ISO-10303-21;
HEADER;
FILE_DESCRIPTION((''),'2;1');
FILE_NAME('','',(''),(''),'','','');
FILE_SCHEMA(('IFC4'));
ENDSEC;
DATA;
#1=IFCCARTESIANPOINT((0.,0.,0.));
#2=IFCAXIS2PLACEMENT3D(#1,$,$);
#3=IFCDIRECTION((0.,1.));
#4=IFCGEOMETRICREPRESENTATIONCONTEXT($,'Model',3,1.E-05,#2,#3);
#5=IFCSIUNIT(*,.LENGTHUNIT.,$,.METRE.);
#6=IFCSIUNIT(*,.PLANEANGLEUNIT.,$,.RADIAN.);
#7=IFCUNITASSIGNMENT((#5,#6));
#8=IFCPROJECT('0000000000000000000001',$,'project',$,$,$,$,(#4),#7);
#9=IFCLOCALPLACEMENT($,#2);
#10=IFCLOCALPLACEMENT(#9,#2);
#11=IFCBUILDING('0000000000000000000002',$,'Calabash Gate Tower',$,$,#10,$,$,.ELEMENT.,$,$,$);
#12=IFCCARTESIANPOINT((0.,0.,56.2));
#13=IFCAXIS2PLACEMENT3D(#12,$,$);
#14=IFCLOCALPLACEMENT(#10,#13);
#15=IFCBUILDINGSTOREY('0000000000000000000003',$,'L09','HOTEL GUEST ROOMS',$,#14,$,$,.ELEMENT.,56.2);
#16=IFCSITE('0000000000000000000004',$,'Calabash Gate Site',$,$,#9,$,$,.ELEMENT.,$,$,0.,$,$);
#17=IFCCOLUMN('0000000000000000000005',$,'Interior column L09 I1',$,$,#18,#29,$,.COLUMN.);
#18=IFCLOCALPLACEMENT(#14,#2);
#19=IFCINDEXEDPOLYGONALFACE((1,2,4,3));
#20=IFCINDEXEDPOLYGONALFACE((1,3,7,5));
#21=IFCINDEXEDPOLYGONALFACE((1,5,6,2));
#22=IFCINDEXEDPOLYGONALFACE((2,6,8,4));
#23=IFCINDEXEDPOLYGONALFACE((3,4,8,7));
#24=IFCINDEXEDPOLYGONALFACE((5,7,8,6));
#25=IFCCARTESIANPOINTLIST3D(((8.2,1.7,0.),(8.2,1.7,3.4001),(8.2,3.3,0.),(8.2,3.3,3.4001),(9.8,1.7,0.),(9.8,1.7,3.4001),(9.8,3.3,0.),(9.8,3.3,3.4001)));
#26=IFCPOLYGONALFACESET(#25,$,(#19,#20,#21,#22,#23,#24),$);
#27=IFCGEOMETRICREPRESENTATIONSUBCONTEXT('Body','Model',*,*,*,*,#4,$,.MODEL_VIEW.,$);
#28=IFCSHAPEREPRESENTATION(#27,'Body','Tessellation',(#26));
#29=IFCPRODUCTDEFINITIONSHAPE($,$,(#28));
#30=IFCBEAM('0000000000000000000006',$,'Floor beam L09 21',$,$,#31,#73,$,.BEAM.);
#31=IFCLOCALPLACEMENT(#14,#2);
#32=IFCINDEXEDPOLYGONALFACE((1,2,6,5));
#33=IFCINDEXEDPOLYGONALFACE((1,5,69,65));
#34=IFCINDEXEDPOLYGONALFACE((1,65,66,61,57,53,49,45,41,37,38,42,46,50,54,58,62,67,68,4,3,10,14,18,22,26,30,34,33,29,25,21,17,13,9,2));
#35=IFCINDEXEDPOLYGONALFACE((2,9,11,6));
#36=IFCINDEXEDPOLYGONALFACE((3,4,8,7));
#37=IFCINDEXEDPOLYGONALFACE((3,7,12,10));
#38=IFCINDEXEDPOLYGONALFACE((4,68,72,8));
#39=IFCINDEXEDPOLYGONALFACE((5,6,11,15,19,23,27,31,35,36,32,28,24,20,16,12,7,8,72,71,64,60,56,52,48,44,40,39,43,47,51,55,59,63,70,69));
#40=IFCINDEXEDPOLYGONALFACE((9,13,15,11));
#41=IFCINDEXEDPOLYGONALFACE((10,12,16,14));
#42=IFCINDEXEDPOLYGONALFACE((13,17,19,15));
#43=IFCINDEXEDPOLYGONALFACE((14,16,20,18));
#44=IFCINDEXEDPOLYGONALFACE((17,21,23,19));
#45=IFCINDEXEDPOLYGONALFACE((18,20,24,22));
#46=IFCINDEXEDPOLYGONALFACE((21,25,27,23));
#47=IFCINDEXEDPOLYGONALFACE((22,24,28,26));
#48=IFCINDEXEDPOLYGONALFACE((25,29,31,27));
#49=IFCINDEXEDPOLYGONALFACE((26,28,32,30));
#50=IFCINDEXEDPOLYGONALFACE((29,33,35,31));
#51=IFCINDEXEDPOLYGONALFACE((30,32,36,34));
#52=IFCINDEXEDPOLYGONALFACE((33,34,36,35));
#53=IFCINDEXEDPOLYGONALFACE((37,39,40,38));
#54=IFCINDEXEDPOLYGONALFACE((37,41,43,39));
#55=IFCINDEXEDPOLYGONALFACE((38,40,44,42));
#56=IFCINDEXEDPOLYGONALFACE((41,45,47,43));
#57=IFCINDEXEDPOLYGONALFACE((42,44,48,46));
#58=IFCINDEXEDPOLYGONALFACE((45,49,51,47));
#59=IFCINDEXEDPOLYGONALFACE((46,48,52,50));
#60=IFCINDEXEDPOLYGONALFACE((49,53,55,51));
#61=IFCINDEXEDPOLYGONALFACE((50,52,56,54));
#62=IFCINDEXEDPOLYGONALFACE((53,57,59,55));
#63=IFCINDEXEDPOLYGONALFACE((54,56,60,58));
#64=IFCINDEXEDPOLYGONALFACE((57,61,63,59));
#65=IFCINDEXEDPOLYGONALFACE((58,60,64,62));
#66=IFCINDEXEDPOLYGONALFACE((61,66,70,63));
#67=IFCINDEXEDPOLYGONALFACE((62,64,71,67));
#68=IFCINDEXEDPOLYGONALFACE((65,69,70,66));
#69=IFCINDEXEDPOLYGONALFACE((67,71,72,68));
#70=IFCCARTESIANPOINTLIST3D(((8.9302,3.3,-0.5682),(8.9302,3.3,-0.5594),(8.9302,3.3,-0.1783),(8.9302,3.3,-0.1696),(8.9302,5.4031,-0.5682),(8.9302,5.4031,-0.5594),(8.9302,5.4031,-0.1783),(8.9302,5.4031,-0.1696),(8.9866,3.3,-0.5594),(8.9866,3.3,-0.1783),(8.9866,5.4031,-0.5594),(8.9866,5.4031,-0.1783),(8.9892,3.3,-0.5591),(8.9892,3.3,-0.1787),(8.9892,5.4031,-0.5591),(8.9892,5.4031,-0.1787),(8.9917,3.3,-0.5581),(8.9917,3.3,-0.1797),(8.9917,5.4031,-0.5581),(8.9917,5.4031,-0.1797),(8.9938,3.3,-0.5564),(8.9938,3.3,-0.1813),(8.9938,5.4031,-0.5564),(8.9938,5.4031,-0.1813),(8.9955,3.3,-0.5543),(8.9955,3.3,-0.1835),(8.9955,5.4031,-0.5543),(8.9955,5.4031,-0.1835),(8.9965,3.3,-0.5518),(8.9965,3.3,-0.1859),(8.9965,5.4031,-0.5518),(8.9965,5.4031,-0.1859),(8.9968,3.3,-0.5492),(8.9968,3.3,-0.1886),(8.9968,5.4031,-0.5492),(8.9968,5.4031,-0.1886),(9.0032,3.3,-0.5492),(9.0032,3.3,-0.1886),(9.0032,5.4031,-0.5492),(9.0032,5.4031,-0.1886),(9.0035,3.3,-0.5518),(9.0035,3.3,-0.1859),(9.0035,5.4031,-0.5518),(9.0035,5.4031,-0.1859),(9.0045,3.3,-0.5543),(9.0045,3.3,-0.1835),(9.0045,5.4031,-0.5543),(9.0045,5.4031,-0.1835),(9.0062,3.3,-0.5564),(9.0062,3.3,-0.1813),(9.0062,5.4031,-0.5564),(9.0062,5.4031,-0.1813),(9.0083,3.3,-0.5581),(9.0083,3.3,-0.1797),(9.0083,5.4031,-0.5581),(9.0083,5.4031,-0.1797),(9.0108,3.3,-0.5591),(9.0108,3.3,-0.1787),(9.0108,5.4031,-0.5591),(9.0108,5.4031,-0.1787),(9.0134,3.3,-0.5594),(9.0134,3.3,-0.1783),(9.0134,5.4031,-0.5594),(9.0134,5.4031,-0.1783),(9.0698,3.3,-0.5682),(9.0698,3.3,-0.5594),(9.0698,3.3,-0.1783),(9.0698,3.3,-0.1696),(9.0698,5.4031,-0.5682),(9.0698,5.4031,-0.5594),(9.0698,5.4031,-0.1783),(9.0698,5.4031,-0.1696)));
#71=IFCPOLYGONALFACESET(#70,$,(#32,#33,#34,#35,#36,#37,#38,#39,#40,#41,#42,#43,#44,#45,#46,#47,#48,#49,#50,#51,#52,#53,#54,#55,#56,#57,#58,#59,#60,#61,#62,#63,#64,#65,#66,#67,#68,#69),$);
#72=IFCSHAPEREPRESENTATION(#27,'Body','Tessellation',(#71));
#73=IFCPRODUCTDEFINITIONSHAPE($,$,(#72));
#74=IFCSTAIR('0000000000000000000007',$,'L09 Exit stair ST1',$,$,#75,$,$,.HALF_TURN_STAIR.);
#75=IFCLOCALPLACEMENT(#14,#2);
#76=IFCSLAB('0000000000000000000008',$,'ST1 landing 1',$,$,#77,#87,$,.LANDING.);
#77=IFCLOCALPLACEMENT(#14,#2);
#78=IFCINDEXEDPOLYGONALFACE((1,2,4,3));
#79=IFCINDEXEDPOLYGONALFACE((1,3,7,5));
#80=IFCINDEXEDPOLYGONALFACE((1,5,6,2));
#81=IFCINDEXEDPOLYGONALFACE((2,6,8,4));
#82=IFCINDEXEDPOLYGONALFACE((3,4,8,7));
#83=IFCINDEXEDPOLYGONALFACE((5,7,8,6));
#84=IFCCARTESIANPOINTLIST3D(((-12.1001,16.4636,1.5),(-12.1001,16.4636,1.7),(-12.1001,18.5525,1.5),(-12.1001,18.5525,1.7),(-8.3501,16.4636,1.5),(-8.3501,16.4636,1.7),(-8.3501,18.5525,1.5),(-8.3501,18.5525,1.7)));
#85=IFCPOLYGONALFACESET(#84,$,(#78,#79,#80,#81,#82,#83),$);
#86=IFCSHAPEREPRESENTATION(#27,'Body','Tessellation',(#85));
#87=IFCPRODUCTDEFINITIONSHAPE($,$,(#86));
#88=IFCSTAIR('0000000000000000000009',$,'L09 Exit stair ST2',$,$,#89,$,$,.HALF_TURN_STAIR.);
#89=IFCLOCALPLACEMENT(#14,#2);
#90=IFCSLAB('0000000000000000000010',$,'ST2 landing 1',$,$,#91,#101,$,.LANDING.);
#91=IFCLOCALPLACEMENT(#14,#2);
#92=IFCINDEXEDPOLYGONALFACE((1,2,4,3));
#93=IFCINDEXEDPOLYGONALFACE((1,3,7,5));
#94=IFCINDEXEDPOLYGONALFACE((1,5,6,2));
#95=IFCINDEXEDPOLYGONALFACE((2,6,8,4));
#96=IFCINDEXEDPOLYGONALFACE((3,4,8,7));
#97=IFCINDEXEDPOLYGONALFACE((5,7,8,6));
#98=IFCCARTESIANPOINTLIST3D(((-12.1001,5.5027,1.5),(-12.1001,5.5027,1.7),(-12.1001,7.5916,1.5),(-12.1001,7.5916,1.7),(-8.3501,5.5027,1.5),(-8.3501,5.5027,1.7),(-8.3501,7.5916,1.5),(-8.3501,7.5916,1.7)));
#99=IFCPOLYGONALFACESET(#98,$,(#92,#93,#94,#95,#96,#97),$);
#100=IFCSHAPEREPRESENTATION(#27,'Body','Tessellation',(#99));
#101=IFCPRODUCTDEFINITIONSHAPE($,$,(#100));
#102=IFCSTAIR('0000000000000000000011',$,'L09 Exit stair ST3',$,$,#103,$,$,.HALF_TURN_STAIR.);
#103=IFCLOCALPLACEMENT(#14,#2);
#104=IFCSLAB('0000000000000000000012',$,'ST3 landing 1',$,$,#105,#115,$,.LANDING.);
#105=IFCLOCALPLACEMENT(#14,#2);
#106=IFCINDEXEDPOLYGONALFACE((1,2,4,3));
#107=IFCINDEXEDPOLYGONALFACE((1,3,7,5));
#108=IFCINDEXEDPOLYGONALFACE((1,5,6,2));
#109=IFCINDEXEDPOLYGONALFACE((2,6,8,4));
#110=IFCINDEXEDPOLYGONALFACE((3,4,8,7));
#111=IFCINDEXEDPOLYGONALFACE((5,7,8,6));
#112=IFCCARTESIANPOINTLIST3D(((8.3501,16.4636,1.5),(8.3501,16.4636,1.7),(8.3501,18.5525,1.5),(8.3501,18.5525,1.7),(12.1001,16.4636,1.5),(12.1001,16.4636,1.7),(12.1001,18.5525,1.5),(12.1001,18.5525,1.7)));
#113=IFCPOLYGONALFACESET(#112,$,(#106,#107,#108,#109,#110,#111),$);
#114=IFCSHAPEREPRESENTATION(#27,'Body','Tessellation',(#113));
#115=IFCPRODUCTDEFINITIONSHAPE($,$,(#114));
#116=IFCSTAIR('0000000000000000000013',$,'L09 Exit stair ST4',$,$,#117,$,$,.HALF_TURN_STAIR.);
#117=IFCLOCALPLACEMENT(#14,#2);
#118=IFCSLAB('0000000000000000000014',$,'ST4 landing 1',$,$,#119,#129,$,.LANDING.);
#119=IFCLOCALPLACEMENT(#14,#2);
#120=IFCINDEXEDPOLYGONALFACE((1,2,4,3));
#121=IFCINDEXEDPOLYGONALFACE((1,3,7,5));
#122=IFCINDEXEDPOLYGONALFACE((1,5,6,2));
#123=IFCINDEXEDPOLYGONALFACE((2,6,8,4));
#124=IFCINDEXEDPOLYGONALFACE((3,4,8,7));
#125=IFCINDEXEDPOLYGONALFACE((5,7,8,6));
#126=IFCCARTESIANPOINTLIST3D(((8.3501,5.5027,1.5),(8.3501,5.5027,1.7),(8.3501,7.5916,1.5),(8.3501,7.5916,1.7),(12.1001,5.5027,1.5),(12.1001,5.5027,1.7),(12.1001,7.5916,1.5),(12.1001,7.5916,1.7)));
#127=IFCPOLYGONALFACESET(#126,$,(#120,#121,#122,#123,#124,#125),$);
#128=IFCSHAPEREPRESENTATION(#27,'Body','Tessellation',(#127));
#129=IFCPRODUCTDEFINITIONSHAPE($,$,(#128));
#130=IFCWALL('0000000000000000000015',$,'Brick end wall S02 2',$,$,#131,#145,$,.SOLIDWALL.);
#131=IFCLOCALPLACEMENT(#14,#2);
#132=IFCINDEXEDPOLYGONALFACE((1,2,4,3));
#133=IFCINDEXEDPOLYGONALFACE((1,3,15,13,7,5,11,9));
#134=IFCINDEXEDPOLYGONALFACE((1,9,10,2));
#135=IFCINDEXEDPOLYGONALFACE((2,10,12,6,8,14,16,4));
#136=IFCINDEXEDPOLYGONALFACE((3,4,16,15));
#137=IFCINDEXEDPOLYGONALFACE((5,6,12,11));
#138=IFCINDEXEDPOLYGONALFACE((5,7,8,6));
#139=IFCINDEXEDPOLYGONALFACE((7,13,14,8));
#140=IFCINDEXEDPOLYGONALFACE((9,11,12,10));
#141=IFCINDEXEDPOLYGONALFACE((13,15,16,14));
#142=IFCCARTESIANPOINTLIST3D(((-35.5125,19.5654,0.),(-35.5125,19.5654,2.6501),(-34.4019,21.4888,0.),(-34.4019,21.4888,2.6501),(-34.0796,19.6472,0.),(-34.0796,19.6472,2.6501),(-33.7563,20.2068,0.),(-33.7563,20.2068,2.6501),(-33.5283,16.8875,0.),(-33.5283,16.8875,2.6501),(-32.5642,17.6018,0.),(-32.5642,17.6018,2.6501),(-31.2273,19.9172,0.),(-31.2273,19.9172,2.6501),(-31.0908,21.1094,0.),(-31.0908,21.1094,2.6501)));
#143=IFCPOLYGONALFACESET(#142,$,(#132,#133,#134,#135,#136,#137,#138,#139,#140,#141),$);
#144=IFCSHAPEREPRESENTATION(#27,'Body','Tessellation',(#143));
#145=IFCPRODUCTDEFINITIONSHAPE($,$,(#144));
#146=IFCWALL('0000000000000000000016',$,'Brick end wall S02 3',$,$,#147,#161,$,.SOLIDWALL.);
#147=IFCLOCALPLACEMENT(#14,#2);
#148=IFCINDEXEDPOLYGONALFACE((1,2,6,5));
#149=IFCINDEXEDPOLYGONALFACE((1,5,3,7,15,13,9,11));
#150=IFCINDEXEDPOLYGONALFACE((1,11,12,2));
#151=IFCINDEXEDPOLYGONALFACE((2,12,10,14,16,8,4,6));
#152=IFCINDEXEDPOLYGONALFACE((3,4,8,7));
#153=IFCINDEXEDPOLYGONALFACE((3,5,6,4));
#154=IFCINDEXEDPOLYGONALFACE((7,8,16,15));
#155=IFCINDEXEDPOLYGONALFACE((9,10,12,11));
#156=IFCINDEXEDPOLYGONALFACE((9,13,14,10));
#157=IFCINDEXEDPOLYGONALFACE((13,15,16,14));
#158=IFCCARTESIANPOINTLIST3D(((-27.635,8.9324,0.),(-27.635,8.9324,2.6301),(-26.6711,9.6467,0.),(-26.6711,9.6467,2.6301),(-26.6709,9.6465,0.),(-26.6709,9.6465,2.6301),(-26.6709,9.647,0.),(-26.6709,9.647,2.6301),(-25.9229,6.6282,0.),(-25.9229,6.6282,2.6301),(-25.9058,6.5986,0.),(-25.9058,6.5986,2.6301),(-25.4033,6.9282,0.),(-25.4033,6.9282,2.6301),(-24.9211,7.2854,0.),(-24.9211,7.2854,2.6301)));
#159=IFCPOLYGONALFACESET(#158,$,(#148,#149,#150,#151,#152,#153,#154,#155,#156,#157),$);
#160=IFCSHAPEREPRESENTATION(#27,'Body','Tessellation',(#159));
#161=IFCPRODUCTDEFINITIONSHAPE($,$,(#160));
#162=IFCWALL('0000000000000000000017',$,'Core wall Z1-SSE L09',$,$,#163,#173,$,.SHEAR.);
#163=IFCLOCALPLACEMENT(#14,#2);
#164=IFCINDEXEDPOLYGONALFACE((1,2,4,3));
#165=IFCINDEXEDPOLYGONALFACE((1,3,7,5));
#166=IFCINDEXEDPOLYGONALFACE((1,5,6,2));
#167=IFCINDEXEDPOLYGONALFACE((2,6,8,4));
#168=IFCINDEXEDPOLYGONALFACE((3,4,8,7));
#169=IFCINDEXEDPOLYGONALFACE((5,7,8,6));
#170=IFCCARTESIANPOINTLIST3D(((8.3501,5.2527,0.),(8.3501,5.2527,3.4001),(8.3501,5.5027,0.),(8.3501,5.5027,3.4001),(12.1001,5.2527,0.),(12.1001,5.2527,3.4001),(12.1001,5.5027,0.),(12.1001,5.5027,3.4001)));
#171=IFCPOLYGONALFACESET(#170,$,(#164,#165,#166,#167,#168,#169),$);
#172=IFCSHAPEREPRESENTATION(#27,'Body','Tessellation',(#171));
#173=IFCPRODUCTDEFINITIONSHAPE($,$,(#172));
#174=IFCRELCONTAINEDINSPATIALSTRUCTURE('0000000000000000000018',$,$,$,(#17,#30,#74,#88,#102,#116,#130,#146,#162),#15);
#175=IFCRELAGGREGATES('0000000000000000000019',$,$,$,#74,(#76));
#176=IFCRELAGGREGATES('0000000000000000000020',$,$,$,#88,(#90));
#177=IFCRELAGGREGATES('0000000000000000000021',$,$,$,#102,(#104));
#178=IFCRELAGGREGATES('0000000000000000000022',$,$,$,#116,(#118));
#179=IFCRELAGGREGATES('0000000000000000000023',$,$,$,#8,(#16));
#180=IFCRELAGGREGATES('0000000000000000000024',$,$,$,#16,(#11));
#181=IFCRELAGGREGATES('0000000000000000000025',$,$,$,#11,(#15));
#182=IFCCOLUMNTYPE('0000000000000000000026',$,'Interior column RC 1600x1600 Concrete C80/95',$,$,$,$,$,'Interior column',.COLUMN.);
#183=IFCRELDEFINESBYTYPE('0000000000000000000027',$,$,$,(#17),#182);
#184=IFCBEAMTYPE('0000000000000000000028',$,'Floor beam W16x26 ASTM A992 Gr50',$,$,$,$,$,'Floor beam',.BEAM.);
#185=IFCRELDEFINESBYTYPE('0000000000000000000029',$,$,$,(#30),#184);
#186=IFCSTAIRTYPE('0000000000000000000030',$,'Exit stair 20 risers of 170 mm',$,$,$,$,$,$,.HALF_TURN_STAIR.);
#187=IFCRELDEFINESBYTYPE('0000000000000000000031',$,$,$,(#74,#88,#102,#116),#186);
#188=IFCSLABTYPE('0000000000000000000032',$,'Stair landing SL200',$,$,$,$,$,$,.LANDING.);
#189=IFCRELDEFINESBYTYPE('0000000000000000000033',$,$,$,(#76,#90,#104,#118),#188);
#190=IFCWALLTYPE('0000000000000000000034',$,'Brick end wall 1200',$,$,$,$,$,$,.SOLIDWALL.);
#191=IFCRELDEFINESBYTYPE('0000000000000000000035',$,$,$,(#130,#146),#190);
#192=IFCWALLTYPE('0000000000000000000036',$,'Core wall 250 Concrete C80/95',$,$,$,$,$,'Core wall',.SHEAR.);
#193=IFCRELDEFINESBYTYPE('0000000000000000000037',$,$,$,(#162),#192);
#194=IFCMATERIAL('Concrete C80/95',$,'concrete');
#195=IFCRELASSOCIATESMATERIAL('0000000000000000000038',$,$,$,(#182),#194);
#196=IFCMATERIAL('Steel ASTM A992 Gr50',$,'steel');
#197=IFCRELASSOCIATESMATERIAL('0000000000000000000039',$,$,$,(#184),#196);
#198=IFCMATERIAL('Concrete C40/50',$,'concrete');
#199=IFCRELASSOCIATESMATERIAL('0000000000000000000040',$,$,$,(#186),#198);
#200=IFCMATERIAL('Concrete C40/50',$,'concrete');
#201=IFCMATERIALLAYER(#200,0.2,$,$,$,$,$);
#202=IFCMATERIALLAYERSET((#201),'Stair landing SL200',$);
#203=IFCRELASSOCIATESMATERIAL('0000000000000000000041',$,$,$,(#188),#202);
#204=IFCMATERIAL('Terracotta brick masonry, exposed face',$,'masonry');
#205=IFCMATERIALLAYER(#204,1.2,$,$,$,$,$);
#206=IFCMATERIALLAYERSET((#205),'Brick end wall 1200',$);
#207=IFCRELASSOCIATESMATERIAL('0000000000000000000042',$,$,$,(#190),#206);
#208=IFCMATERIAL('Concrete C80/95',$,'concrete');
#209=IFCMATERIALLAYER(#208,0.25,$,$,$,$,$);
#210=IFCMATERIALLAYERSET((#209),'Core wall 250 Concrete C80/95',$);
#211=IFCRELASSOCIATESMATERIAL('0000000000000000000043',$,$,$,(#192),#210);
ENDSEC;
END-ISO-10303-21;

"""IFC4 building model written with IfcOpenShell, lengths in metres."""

from ifc_helpers import new_model, si_unit, direction, frame, frame_2d, origin, origin_2d, place, context, subcontext, project, spatial, polyline, rectangle, i_section, outline, extrude, material, layer, layer_set, material_profile, profile_set, type_object, element, aggregate, save


model = new_model("IFC4")

# Units and contexts
model_context = context("Model", 3, precision=1e-05, world=origin(), true_north=direction((0.0, 1.0)))
body_context = subcontext(model_context, "Body", "Model", "MODEL_VIEW")
ifc_project = project(units=[si_unit("LENGTHUNIT", "METRE"), si_unit("PLANEANGLEUNIT", "RADIAN")], contexts=[model_context])

# Site, building, storey
site_placement = place(None, origin())
site = spatial("IfcSite", under=ifc_project, at=site_placement, Name="Calabash Gate Site", CompositionType="ELEMENT", RefElevation=0.0)
building_placement = place(site_placement, origin())
building = spatial("IfcBuilding", under=site, at=building_placement, Name="Calabash Gate Tower", CompositionType="ELEMENT")
storey_placement = place(building_placement, frame((0.0, 0.0, 56.2)))
storey = spatial("IfcBuildingStorey", under=building, at=storey_placement, Name="L09", Description="HOTEL GUEST ROOMS", CompositionType="ELEMENT", Elevation=56.2)

# Column
ifc_material_1 = material(Name="Concrete C80/95", Category="concrete")
ifc_material_profile_1 = material_profile(ifc_material_1, rectangle(XDim=1.6001, YDim=1.6001, at=origin_2d()))
ifc_profile_set_1 = profile_set([ifc_material_profile_1], Name="Concrete C80/95")
column_type = type_object("IfcColumnType", Name="Interior column RC 1600x1600 Concrete C80/95", ElementType="Interior column", PredefinedType="COLUMN", material=ifc_profile_set_1)
column_placement = place(storey_placement, frame((9.0, 2.5, 0.0), z_axis=(0.0, 0.0, 1.0), x_axis=(1.0, 0.0, 0.0)))
element("IfcColumn", 1, at=column_placement, inside=storey, type_object=column_type, Name="Interior column L09 I1", PredefinedType="COLUMN", context=body_context, shape_type="SweptSolid", body=[
    extrude(rectangle(XDim=1.6001, YDim=1.6001, at=origin_2d()), origin(), (0.0, 0.0, 1.0), 3.4001),
])

# Beam
ifc_material_2 = material(Name="Steel ASTM A992 Gr50", Category="steel")
ifc_material_profile_2 = material_profile(ifc_material_2, i_section(OverallWidth=0.1396, OverallDepth=0.3987, WebThickness=0.0063, FlangeThickness=0.0088, FilletRadius=0.0103, at=origin_2d()))
ifc_profile_set_2 = profile_set([ifc_material_profile_2], Name="Steel ASTM A992 Gr50")
beam_type = type_object("IfcBeamType", Name="Floor beam W16x26 ASTM A992 Gr50", ElementType="Floor beam", PredefinedType="BEAM", material=ifc_profile_set_2)
beam_placement = place(storey_placement, frame((9.0, 3.3, -0.3689), z_axis=(0.0, 1.0, 0.0), x_axis=(-1.0, 0.0, 0.0)))
element("IfcBeam", 2, at=beam_placement, inside=storey, type_object=beam_type, Name="Floor beam L09 21", PredefinedType="BEAM", context=body_context, shape_type="SweptSolid", body=[
    extrude(i_section(OverallWidth=0.1396, OverallDepth=0.3987, WebThickness=0.0063, FlangeThickness=0.0088, FilletRadius=0.0103, at=origin_2d()), origin(), (0.0, 0.0, 1.0), 2.103),
])

# Stairs, slabs
ifc_material_3 = material(Name="Concrete C40/50", Category="concrete")
stair_type = type_object("IfcStairType", Name="Exit stair 20 risers of 170 mm", PredefinedType="HALF_TURN_STAIR", material=ifc_material_3)
stair_1_placement = place(storey_placement, origin())
stair_1 = element("IfcStair", 3, at=stair_1_placement, inside=storey, type_object=stair_type, Name="L09 Exit stair ST1", PredefinedType="HALF_TURN_STAIR")
ifc_material_4 = material(Name="Concrete C40/50", Category="concrete")
ifc_layer_1 = layer(ifc_material_4, 0.2)
ifc_layer_set_1 = layer_set([ifc_layer_1], Name="Stair landing SL200")
slab_type = type_object("IfcSlabType", Name="Stair landing SL200", PredefinedType="LANDING", material=ifc_layer_set_1)
slab_1_placement = place(storey_placement, frame((0.0, 0.0, 1.5)))
slab_1 = element("IfcSlab", 4, at=slab_1_placement, type_object=slab_type, Name="ST1 landing 1", PredefinedType="LANDING", context=body_context, shape_type="SweptSolid", body=[
    extrude(outline(polyline([(-8.3501, 16.4636), (-8.3501, 18.5525), (-12.1001, 18.5525), (-12.1001, 16.4636), (-8.3501, 16.4636)])), origin(), (0.0, 0.0, 1.0), 0.2),
])
aggregate(stair_1, [slab_1])
stair_2_placement = place(storey_placement, origin())
stair_2 = element("IfcStair", 5, at=stair_2_placement, inside=storey, type_object=stair_type, Name="L09 Exit stair ST2", PredefinedType="HALF_TURN_STAIR")
slab_2_placement = place(storey_placement, frame((0.0, 0.0, 1.5)))
slab_2 = element("IfcSlab", 6, at=slab_2_placement, type_object=slab_type, Name="ST2 landing 1", PredefinedType="LANDING", context=body_context, shape_type="SweptSolid", body=[
    extrude(outline(polyline([(-12.1001, 7.5916), (-12.1001, 5.5027), (-8.3501, 5.5027), (-8.3501, 7.5916), (-12.1001, 7.5916)])), origin(), (0.0, 0.0, 1.0), 0.2),
])
aggregate(stair_2, [slab_2])
stair_3_placement = place(storey_placement, origin())
stair_3 = element("IfcStair", 7, at=stair_3_placement, inside=storey, type_object=stair_type, Name="L09 Exit stair ST3", PredefinedType="HALF_TURN_STAIR")
slab_3_placement = place(storey_placement, frame((0.0, 0.0, 1.5)))
slab_3 = element("IfcSlab", 8, at=slab_3_placement, type_object=slab_type, Name="ST3 landing 1", PredefinedType="LANDING", context=body_context, shape_type="SweptSolid", body=[
    extrude(outline(polyline([(12.1001, 16.4636), (12.1001, 18.5525), (8.3501, 18.5525), (8.3501, 16.4636), (12.1001, 16.4636)])), origin(), (0.0, 0.0, 1.0), 0.2),
])
aggregate(stair_3, [slab_3])
stair_4_placement = place(storey_placement, origin())
stair_4 = element("IfcStair", 9, at=stair_4_placement, inside=storey, type_object=stair_type, Name="L09 Exit stair ST4", PredefinedType="HALF_TURN_STAIR")
slab_4_placement = place(storey_placement, frame((0.0, 0.0, 1.5)))
slab_4 = element("IfcSlab", 10, at=slab_4_placement, type_object=slab_type, Name="ST4 landing 1", PredefinedType="LANDING", context=body_context, shape_type="SweptSolid", body=[
    extrude(outline(polyline([(8.3501, 7.5916), (8.3501, 5.5027), (12.1001, 5.5027), (12.1001, 7.5916), (8.3501, 7.5916)])), origin(), (0.0, 0.0, 1.0), 0.2),
])
aggregate(stair_4, [slab_4])

# Walls
ifc_material_5 = material(Name="Terracotta brick masonry, exposed face", Category="masonry")
ifc_layer_2 = layer(ifc_material_5, 1.2)
ifc_layer_set_2 = layer_set([ifc_layer_2], Name="Brick end wall 1200")
wall_type_1 = type_object("IfcWallType", Name="Brick end wall 1200", PredefinedType="SOLIDWALL", material=ifc_layer_set_2)
wall_1_placement = place(storey_placement, origin())
element("IfcWall", 11, at=wall_1_placement, inside=storey, type_object=wall_type_1, Name="Brick end wall S02 2", PredefinedType="SOLIDWALL", context=body_context, shape_type="SweptSolid", body=[
    extrude(outline(polyline([(-33.7563, 20.2068), (-31.2273, 19.9172), (-31.0908, 21.1094), (-34.4019, 21.4888), (-35.5125, 19.5654), (-33.5283, 16.8875), (-32.5642, 17.6018), (-34.0796, 19.6472), (-33.7563, 20.2068)])), origin(), (0.0, 0.0, 1.0), 2.6501),
])
wall_2_placement = place(storey_placement, origin())
element("IfcWall", 12, at=wall_2_placement, inside=storey, type_object=wall_type_1, Name="Brick end wall S02 3", PredefinedType="SOLIDWALL", context=body_context, shape_type="SweptSolid", body=[
    extrude(outline(polyline([(-24.9211, 7.2854), (-26.6709, 9.647), (-26.6711, 9.6467), (-26.6709, 9.6465), (-27.635, 8.9324), (-25.9058, 6.5986), (-25.9229, 6.6282), (-25.4033, 6.9282), (-24.9211, 7.2854)])), origin(), (0.0, 0.0, 1.0), 2.6301),
])
ifc_material_6 = material(Name="Concrete C80/95", Category="concrete")
ifc_layer_3 = layer(ifc_material_6, 0.25)
ifc_layer_set_3 = layer_set([ifc_layer_3], Name="Core wall 250 Concrete C80/95")
wall_type_2 = type_object("IfcWallType", Name="Core wall 250 Concrete C80/95", ElementType="Core wall", PredefinedType="SHEAR", material=ifc_layer_set_3)
wall_3_placement = place(storey_placement, frame((8.3501, 5.3777, 0.0), z_axis=(0.0, 0.0, 1.0), x_axis=(1.0, 0.0, 0.0)))
element("IfcWall", 13, at=wall_3_placement, inside=storey, type_object=wall_type_2, Name="Core wall Z1-SSE L09", PredefinedType="SHEAR", context=body_context, shape_type="SweptSolid", body=[
    extrude(rectangle(XDim=3.75, YDim=0.25, at=frame_2d((1.875, 0.0))), origin(), (0.0, 0.0, 1.0), 3.4001),
])

save(model, "model.ifc")
